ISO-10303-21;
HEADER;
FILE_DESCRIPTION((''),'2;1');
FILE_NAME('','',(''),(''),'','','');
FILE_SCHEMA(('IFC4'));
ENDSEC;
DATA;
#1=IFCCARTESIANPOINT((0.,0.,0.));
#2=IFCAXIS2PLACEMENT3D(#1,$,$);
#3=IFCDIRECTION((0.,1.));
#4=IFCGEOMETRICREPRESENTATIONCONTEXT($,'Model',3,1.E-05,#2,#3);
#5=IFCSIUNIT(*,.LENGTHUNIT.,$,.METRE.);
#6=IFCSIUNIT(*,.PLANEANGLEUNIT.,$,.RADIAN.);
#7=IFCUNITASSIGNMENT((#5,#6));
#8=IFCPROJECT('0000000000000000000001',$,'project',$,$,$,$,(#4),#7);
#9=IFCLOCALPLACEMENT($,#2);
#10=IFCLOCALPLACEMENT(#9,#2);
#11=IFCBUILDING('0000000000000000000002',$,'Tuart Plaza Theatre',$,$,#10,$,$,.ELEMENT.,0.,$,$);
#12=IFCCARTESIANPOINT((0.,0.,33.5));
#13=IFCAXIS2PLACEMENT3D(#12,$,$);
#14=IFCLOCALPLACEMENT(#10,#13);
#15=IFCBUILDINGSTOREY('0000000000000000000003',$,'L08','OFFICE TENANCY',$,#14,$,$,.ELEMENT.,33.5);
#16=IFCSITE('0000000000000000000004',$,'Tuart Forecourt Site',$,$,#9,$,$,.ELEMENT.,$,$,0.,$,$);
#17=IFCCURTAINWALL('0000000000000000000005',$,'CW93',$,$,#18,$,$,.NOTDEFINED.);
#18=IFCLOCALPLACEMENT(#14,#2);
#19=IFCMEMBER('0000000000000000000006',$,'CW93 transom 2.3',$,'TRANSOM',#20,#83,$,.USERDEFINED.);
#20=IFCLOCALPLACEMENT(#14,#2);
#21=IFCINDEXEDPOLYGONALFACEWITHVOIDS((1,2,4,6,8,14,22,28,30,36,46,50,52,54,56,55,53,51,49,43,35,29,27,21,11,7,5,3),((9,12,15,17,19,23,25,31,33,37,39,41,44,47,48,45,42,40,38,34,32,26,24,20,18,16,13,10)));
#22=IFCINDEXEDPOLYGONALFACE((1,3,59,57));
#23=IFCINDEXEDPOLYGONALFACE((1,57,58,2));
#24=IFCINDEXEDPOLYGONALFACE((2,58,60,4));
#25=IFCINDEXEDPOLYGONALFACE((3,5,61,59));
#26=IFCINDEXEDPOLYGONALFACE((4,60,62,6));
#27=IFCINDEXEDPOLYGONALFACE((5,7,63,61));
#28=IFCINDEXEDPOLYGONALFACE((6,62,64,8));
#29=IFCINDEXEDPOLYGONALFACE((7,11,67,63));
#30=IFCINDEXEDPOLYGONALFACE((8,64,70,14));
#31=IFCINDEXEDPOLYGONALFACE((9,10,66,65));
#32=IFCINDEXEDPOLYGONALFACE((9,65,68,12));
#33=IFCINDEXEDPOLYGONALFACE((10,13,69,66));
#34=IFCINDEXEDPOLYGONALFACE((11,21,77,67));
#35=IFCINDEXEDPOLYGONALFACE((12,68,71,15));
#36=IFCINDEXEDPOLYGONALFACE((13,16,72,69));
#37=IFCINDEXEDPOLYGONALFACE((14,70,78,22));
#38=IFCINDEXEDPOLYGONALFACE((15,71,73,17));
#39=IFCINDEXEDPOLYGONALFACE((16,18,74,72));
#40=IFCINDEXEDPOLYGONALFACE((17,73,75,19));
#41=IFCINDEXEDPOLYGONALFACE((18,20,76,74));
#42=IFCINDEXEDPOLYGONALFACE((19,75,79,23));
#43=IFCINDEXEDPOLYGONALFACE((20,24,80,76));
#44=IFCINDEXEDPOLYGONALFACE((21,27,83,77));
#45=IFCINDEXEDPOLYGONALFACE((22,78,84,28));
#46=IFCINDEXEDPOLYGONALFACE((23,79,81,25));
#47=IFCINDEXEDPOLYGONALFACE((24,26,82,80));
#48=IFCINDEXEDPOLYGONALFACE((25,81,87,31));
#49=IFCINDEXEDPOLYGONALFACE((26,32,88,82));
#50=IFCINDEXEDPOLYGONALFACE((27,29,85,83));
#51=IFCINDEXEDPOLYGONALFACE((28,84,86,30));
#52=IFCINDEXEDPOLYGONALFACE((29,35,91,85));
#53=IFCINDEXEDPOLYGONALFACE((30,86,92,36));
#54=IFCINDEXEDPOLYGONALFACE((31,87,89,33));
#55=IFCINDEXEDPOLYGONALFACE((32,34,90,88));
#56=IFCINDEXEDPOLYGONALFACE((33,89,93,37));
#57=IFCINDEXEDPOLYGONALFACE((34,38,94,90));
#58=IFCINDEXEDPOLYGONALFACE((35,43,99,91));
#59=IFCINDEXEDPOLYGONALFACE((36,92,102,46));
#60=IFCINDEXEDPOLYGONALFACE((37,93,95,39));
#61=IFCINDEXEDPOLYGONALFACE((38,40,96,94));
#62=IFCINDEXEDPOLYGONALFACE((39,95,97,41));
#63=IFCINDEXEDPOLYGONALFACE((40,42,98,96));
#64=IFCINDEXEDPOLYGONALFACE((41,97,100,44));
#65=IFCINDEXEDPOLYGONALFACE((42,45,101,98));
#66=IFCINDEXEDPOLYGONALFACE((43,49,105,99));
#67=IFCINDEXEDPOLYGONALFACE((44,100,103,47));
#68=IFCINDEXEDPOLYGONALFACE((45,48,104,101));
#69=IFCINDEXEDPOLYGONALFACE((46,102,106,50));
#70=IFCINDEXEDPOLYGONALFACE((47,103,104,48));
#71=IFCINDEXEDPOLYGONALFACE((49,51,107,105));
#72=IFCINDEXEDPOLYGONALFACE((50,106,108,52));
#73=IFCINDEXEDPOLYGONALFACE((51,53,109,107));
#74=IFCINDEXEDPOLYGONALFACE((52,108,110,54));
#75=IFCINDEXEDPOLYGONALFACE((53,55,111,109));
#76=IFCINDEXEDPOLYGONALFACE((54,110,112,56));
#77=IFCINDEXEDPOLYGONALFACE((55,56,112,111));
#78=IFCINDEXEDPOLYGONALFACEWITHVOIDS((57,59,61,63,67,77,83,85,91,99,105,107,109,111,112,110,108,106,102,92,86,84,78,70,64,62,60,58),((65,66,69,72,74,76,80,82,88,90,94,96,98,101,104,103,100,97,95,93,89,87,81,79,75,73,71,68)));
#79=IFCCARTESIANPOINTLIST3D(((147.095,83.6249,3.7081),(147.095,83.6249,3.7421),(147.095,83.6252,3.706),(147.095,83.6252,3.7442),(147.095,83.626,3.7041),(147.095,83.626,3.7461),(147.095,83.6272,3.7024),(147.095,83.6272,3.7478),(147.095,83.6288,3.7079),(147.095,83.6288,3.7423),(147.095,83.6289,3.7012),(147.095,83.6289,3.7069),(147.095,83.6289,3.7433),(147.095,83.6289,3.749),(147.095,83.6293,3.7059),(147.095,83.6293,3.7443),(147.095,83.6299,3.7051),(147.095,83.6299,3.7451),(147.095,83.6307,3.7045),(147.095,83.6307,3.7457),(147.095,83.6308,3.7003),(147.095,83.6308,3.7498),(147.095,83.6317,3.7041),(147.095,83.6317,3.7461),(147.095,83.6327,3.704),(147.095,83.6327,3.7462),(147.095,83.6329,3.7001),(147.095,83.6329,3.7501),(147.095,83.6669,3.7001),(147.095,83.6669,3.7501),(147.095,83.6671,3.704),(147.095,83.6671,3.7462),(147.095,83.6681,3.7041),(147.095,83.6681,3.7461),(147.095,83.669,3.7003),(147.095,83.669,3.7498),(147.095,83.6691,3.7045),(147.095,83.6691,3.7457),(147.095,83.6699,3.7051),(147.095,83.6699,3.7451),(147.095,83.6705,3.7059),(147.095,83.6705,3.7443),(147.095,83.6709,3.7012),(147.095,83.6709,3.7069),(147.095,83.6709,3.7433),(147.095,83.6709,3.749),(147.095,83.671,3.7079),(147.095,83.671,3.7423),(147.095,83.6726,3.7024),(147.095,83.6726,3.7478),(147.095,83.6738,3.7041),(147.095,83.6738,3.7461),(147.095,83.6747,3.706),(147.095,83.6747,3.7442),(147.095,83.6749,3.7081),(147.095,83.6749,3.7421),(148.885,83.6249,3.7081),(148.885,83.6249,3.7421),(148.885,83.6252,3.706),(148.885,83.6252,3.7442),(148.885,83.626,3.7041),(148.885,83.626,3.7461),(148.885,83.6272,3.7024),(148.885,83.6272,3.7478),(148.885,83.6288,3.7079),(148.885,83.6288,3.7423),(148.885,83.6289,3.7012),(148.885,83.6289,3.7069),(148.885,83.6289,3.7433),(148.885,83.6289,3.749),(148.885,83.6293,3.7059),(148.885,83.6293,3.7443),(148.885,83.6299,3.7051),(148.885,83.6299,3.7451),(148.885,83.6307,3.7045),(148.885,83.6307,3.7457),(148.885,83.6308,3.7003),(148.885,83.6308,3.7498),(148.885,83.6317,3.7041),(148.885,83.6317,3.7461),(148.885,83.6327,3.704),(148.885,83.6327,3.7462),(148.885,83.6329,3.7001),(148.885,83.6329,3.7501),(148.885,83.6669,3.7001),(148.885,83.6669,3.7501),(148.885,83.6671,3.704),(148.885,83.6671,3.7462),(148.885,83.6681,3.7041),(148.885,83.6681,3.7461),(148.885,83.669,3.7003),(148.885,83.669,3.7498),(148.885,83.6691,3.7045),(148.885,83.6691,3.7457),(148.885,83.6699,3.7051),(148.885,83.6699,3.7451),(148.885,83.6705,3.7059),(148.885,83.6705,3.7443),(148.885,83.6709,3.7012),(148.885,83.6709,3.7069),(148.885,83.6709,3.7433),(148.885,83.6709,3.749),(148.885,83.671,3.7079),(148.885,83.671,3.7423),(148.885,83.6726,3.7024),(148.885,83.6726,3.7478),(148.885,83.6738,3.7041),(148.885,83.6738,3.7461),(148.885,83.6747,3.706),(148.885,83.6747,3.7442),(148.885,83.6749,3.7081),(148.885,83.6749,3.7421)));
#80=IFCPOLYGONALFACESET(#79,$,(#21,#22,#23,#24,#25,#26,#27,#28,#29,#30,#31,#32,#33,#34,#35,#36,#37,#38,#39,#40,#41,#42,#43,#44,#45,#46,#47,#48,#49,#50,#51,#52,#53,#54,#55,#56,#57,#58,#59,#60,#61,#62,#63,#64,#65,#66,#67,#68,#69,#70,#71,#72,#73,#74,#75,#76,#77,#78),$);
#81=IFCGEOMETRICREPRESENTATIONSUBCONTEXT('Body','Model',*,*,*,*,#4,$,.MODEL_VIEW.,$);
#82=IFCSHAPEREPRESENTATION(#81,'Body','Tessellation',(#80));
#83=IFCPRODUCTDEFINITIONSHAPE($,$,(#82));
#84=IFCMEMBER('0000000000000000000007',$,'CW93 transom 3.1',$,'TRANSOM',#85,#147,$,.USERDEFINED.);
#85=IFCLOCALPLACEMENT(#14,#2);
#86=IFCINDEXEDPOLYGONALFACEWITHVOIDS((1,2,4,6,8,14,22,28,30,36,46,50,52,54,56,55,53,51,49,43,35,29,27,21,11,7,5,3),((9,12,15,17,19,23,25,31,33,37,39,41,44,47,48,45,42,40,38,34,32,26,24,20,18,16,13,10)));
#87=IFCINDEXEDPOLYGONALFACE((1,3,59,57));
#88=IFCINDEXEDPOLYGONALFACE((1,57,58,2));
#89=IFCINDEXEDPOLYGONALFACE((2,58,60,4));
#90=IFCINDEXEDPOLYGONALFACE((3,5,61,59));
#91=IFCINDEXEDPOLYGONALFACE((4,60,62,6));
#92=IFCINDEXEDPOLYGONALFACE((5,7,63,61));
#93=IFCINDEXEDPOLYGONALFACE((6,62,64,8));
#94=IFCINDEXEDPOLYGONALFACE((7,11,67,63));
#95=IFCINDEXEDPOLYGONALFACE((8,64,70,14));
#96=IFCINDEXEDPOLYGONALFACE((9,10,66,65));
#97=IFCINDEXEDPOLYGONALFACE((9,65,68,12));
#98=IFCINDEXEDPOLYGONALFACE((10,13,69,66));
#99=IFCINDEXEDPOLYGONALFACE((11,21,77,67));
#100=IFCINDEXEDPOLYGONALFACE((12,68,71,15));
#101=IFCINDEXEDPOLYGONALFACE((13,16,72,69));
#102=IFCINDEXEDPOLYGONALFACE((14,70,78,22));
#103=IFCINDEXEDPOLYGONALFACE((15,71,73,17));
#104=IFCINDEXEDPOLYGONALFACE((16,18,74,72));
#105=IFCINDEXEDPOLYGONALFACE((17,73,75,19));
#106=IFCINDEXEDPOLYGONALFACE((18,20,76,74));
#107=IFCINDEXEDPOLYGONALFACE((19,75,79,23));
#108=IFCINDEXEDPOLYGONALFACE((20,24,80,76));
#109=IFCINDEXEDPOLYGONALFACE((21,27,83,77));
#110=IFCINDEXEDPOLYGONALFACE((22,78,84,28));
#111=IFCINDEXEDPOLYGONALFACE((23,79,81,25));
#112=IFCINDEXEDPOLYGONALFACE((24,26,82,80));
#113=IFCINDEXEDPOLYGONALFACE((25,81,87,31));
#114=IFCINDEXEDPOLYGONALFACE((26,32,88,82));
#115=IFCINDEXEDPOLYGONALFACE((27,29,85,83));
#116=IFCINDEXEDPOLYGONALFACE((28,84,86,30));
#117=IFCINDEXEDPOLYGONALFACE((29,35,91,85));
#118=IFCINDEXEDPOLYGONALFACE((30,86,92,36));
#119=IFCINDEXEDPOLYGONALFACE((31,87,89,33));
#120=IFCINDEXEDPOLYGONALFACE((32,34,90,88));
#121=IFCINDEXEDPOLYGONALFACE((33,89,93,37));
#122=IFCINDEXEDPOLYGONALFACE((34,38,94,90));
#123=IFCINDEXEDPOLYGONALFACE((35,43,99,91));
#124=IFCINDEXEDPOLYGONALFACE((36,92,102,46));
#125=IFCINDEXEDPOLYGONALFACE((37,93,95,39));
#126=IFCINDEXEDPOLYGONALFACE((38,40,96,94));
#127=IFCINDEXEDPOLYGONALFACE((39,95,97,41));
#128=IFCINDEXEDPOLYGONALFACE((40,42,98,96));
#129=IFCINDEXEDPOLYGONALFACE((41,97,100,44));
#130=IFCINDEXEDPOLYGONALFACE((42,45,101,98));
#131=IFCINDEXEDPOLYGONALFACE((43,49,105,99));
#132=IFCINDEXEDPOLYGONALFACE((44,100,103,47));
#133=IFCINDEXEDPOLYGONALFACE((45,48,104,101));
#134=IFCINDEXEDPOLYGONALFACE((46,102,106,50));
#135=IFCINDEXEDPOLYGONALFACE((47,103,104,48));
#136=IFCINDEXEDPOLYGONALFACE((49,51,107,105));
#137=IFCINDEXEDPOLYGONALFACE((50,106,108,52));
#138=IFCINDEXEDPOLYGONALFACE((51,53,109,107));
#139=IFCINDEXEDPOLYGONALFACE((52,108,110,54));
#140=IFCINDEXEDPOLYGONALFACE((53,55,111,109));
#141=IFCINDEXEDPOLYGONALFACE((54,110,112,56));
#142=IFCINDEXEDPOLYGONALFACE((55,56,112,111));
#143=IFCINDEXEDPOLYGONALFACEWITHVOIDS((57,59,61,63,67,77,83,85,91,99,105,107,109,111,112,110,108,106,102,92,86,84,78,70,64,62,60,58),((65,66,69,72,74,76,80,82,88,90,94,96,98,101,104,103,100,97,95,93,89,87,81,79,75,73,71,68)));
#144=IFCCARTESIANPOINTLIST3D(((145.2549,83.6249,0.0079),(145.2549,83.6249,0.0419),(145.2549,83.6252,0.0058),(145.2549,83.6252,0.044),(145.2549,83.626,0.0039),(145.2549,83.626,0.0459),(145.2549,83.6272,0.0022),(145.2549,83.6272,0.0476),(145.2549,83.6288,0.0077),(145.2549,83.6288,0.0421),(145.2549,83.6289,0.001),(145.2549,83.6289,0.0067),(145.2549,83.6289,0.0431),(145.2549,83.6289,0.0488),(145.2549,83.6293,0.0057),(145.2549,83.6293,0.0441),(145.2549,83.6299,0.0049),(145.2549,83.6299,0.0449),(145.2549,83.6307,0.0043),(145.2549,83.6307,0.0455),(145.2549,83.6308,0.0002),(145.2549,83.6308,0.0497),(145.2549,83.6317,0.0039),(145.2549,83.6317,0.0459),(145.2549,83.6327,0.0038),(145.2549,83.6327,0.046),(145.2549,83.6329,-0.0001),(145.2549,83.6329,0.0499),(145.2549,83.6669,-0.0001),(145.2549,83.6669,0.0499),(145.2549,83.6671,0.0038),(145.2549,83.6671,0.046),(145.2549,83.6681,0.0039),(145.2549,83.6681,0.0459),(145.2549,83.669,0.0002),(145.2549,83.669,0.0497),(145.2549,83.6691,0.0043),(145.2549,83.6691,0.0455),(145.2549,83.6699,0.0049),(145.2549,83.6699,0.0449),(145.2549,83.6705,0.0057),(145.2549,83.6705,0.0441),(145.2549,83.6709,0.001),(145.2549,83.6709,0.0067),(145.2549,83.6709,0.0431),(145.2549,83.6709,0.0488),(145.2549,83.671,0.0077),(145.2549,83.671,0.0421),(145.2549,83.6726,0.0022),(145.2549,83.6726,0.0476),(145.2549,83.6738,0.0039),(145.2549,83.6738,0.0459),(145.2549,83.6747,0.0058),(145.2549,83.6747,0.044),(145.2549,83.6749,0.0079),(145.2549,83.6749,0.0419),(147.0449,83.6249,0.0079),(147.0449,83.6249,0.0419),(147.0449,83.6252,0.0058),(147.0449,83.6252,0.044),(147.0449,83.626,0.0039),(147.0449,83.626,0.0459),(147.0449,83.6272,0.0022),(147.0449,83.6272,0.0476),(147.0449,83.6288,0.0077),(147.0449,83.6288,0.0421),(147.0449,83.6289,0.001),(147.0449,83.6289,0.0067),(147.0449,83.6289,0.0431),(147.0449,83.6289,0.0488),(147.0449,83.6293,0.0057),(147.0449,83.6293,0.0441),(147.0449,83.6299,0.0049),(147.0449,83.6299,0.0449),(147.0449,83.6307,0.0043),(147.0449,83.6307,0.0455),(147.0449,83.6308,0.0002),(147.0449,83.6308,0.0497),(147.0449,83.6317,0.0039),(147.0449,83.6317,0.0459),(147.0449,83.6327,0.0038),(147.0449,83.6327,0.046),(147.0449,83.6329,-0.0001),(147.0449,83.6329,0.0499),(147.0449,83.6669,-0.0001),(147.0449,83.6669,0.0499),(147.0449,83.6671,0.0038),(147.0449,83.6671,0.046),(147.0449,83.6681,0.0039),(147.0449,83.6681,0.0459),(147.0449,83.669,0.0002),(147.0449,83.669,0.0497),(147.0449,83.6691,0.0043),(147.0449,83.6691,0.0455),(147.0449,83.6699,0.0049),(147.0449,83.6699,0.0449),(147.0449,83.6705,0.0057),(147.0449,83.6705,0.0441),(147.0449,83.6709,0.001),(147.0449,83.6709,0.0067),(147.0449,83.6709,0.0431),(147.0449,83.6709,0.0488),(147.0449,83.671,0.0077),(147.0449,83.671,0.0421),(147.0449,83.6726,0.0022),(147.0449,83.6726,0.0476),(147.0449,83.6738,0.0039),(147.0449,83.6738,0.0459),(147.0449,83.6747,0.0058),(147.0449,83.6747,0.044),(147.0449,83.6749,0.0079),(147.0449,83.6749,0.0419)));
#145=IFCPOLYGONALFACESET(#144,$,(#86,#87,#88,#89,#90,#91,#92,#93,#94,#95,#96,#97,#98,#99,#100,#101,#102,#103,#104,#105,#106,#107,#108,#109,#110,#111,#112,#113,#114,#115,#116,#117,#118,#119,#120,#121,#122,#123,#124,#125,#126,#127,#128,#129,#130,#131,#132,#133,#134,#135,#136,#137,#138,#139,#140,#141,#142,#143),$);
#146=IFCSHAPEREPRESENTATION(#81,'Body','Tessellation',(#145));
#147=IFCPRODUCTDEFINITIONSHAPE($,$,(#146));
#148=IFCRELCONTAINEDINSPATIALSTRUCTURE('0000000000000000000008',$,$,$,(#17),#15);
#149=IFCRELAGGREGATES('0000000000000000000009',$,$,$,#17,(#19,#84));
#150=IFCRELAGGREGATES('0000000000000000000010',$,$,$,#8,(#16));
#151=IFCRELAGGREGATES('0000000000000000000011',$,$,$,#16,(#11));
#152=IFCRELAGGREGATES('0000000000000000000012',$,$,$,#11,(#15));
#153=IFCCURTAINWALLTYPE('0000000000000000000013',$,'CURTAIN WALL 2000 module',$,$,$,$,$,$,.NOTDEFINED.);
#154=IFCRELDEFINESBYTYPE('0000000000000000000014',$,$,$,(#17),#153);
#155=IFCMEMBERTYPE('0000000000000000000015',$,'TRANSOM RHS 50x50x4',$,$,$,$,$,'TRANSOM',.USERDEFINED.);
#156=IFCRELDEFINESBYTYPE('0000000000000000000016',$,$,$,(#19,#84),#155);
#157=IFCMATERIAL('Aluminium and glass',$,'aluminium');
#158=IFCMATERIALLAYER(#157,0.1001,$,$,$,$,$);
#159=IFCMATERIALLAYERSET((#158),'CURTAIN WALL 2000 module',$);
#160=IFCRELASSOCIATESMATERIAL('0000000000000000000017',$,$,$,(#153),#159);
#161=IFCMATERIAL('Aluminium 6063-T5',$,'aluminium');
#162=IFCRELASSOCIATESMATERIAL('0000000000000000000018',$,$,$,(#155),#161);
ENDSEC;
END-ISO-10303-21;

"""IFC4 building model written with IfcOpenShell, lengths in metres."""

from ifc_helpers import new_model, si_unit, direction, frame, origin, origin_2d, place, context, subcontext, project, spatial, hollow_rectangle, extrude, material, layer, layer_set, material_profile, profile_set, type_object, element, aggregate, save


model = new_model("IFC4")

# Units and contexts
model_context = context("Model", 3, precision=1e-05, world=origin(), true_north=direction((0.0, 1.0)))
body_context = subcontext(model_context, "Body", "Model", "MODEL_VIEW")
ifc_project = project(units=[si_unit("LENGTHUNIT", "METRE"), si_unit("PLANEANGLEUNIT", "RADIAN")], contexts=[model_context])

# Site, building, storey
site_placement = place(None, origin())
site = spatial("IfcSite", under=ifc_project, at=site_placement, Name="Tuart Forecourt Site", CompositionType="ELEMENT", RefElevation=0.0)
building_placement = place(site_placement, origin())
building = spatial("IfcBuilding", under=site, at=building_placement, Name="Tuart Plaza Theatre", CompositionType="ELEMENT", ElevationOfRefHeight=0.0)
storey_placement = place(building_placement, frame((0.0, 0.0, 33.5)))
storey = spatial("IfcBuildingStorey", under=building, at=storey_placement, Name="L08", Description="OFFICE TENANCY", CompositionType="ELEMENT", Elevation=33.5)

# Curtain wall
ifc_material_1 = material(Name="Aluminium and glass", Category="aluminium")
ifc_layer_1 = layer(ifc_material_1, 0.1001)
ifc_layer_set_1 = layer_set([ifc_layer_1], Name="CURTAIN WALL 2000 module")
curtain_wall_type_1 = type_object("IfcCurtainWallType", Name="CURTAIN WALL 2000 module", PredefinedType="NOTDEFINED", material=ifc_layer_set_1)
curtain_wall_1_placement = place(storey_placement, origin())
curtain_wall_1 = element("IfcCurtainWall", 1, at=curtain_wall_1_placement, inside=storey, type_object=curtain_wall_type_1, Name="CW93", PredefinedType="NOTDEFINED")

# Members
ifc_material_2 = material(Name="Aluminium 6063-T5", Category="aluminium")
ifc_material_profile_1 = material_profile(ifc_material_2, hollow_rectangle(XDim=0.05, YDim=0.05, WallThickness=0.0039, InnerFilletRadius=0.0039, OuterFilletRadius=0.0081, at=origin_2d()), Name="RHS 50x50x4")
ifc_profile_set_1 = profile_set([ifc_material_profile_1], Name="Aluminium 6063-T5")
member_type_1 = type_object("IfcMemberType", Name="TRANSOM RHS 50x50x4", ElementType="TRANSOM", PredefinedType="USERDEFINED", material=ifc_profile_set_1)
member_1_placement = place(storey_placement, frame((148.885, 83.6499, 3.7251), z_axis=(-1.0, 0.0, 0.0), x_axis=(0.0, -1.0, 0.0)))
member_1 = element("IfcMember", 2, at=member_1_placement, type_object=member_type_1, Name="CW93 transom 2.3", ObjectType="TRANSOM", PredefinedType="USERDEFINED", context=body_context, shape_type="SweptSolid", body=[
    extrude(hollow_rectangle(XDim=0.05, YDim=0.05, WallThickness=0.0039, InnerFilletRadius=0.0039, OuterFilletRadius=0.0081, at=origin_2d()), origin(), (0.0, 0.0, 1.0), 1.79),
])
member_2_placement = place(storey_placement, frame((147.0449, 83.6499, 0.0249), z_axis=(-1.0, 0.0, 0.0), x_axis=(0.0, -1.0, 0.0)))
member_2 = element("IfcMember", 3, at=member_2_placement, type_object=member_type_1, Name="CW93 transom 3.1", ObjectType="TRANSOM", PredefinedType="USERDEFINED", context=body_context, shape_type="SweptSolid", body=[
    extrude(hollow_rectangle(XDim=0.05, YDim=0.05, WallThickness=0.0039, InnerFilletRadius=0.0039, OuterFilletRadius=0.0081, at=origin_2d()), origin(), (0.0, 0.0, 1.0), 1.79),
])

aggregate(curtain_wall_1, [member_1, member_2])

save(model, "model.ifc")
